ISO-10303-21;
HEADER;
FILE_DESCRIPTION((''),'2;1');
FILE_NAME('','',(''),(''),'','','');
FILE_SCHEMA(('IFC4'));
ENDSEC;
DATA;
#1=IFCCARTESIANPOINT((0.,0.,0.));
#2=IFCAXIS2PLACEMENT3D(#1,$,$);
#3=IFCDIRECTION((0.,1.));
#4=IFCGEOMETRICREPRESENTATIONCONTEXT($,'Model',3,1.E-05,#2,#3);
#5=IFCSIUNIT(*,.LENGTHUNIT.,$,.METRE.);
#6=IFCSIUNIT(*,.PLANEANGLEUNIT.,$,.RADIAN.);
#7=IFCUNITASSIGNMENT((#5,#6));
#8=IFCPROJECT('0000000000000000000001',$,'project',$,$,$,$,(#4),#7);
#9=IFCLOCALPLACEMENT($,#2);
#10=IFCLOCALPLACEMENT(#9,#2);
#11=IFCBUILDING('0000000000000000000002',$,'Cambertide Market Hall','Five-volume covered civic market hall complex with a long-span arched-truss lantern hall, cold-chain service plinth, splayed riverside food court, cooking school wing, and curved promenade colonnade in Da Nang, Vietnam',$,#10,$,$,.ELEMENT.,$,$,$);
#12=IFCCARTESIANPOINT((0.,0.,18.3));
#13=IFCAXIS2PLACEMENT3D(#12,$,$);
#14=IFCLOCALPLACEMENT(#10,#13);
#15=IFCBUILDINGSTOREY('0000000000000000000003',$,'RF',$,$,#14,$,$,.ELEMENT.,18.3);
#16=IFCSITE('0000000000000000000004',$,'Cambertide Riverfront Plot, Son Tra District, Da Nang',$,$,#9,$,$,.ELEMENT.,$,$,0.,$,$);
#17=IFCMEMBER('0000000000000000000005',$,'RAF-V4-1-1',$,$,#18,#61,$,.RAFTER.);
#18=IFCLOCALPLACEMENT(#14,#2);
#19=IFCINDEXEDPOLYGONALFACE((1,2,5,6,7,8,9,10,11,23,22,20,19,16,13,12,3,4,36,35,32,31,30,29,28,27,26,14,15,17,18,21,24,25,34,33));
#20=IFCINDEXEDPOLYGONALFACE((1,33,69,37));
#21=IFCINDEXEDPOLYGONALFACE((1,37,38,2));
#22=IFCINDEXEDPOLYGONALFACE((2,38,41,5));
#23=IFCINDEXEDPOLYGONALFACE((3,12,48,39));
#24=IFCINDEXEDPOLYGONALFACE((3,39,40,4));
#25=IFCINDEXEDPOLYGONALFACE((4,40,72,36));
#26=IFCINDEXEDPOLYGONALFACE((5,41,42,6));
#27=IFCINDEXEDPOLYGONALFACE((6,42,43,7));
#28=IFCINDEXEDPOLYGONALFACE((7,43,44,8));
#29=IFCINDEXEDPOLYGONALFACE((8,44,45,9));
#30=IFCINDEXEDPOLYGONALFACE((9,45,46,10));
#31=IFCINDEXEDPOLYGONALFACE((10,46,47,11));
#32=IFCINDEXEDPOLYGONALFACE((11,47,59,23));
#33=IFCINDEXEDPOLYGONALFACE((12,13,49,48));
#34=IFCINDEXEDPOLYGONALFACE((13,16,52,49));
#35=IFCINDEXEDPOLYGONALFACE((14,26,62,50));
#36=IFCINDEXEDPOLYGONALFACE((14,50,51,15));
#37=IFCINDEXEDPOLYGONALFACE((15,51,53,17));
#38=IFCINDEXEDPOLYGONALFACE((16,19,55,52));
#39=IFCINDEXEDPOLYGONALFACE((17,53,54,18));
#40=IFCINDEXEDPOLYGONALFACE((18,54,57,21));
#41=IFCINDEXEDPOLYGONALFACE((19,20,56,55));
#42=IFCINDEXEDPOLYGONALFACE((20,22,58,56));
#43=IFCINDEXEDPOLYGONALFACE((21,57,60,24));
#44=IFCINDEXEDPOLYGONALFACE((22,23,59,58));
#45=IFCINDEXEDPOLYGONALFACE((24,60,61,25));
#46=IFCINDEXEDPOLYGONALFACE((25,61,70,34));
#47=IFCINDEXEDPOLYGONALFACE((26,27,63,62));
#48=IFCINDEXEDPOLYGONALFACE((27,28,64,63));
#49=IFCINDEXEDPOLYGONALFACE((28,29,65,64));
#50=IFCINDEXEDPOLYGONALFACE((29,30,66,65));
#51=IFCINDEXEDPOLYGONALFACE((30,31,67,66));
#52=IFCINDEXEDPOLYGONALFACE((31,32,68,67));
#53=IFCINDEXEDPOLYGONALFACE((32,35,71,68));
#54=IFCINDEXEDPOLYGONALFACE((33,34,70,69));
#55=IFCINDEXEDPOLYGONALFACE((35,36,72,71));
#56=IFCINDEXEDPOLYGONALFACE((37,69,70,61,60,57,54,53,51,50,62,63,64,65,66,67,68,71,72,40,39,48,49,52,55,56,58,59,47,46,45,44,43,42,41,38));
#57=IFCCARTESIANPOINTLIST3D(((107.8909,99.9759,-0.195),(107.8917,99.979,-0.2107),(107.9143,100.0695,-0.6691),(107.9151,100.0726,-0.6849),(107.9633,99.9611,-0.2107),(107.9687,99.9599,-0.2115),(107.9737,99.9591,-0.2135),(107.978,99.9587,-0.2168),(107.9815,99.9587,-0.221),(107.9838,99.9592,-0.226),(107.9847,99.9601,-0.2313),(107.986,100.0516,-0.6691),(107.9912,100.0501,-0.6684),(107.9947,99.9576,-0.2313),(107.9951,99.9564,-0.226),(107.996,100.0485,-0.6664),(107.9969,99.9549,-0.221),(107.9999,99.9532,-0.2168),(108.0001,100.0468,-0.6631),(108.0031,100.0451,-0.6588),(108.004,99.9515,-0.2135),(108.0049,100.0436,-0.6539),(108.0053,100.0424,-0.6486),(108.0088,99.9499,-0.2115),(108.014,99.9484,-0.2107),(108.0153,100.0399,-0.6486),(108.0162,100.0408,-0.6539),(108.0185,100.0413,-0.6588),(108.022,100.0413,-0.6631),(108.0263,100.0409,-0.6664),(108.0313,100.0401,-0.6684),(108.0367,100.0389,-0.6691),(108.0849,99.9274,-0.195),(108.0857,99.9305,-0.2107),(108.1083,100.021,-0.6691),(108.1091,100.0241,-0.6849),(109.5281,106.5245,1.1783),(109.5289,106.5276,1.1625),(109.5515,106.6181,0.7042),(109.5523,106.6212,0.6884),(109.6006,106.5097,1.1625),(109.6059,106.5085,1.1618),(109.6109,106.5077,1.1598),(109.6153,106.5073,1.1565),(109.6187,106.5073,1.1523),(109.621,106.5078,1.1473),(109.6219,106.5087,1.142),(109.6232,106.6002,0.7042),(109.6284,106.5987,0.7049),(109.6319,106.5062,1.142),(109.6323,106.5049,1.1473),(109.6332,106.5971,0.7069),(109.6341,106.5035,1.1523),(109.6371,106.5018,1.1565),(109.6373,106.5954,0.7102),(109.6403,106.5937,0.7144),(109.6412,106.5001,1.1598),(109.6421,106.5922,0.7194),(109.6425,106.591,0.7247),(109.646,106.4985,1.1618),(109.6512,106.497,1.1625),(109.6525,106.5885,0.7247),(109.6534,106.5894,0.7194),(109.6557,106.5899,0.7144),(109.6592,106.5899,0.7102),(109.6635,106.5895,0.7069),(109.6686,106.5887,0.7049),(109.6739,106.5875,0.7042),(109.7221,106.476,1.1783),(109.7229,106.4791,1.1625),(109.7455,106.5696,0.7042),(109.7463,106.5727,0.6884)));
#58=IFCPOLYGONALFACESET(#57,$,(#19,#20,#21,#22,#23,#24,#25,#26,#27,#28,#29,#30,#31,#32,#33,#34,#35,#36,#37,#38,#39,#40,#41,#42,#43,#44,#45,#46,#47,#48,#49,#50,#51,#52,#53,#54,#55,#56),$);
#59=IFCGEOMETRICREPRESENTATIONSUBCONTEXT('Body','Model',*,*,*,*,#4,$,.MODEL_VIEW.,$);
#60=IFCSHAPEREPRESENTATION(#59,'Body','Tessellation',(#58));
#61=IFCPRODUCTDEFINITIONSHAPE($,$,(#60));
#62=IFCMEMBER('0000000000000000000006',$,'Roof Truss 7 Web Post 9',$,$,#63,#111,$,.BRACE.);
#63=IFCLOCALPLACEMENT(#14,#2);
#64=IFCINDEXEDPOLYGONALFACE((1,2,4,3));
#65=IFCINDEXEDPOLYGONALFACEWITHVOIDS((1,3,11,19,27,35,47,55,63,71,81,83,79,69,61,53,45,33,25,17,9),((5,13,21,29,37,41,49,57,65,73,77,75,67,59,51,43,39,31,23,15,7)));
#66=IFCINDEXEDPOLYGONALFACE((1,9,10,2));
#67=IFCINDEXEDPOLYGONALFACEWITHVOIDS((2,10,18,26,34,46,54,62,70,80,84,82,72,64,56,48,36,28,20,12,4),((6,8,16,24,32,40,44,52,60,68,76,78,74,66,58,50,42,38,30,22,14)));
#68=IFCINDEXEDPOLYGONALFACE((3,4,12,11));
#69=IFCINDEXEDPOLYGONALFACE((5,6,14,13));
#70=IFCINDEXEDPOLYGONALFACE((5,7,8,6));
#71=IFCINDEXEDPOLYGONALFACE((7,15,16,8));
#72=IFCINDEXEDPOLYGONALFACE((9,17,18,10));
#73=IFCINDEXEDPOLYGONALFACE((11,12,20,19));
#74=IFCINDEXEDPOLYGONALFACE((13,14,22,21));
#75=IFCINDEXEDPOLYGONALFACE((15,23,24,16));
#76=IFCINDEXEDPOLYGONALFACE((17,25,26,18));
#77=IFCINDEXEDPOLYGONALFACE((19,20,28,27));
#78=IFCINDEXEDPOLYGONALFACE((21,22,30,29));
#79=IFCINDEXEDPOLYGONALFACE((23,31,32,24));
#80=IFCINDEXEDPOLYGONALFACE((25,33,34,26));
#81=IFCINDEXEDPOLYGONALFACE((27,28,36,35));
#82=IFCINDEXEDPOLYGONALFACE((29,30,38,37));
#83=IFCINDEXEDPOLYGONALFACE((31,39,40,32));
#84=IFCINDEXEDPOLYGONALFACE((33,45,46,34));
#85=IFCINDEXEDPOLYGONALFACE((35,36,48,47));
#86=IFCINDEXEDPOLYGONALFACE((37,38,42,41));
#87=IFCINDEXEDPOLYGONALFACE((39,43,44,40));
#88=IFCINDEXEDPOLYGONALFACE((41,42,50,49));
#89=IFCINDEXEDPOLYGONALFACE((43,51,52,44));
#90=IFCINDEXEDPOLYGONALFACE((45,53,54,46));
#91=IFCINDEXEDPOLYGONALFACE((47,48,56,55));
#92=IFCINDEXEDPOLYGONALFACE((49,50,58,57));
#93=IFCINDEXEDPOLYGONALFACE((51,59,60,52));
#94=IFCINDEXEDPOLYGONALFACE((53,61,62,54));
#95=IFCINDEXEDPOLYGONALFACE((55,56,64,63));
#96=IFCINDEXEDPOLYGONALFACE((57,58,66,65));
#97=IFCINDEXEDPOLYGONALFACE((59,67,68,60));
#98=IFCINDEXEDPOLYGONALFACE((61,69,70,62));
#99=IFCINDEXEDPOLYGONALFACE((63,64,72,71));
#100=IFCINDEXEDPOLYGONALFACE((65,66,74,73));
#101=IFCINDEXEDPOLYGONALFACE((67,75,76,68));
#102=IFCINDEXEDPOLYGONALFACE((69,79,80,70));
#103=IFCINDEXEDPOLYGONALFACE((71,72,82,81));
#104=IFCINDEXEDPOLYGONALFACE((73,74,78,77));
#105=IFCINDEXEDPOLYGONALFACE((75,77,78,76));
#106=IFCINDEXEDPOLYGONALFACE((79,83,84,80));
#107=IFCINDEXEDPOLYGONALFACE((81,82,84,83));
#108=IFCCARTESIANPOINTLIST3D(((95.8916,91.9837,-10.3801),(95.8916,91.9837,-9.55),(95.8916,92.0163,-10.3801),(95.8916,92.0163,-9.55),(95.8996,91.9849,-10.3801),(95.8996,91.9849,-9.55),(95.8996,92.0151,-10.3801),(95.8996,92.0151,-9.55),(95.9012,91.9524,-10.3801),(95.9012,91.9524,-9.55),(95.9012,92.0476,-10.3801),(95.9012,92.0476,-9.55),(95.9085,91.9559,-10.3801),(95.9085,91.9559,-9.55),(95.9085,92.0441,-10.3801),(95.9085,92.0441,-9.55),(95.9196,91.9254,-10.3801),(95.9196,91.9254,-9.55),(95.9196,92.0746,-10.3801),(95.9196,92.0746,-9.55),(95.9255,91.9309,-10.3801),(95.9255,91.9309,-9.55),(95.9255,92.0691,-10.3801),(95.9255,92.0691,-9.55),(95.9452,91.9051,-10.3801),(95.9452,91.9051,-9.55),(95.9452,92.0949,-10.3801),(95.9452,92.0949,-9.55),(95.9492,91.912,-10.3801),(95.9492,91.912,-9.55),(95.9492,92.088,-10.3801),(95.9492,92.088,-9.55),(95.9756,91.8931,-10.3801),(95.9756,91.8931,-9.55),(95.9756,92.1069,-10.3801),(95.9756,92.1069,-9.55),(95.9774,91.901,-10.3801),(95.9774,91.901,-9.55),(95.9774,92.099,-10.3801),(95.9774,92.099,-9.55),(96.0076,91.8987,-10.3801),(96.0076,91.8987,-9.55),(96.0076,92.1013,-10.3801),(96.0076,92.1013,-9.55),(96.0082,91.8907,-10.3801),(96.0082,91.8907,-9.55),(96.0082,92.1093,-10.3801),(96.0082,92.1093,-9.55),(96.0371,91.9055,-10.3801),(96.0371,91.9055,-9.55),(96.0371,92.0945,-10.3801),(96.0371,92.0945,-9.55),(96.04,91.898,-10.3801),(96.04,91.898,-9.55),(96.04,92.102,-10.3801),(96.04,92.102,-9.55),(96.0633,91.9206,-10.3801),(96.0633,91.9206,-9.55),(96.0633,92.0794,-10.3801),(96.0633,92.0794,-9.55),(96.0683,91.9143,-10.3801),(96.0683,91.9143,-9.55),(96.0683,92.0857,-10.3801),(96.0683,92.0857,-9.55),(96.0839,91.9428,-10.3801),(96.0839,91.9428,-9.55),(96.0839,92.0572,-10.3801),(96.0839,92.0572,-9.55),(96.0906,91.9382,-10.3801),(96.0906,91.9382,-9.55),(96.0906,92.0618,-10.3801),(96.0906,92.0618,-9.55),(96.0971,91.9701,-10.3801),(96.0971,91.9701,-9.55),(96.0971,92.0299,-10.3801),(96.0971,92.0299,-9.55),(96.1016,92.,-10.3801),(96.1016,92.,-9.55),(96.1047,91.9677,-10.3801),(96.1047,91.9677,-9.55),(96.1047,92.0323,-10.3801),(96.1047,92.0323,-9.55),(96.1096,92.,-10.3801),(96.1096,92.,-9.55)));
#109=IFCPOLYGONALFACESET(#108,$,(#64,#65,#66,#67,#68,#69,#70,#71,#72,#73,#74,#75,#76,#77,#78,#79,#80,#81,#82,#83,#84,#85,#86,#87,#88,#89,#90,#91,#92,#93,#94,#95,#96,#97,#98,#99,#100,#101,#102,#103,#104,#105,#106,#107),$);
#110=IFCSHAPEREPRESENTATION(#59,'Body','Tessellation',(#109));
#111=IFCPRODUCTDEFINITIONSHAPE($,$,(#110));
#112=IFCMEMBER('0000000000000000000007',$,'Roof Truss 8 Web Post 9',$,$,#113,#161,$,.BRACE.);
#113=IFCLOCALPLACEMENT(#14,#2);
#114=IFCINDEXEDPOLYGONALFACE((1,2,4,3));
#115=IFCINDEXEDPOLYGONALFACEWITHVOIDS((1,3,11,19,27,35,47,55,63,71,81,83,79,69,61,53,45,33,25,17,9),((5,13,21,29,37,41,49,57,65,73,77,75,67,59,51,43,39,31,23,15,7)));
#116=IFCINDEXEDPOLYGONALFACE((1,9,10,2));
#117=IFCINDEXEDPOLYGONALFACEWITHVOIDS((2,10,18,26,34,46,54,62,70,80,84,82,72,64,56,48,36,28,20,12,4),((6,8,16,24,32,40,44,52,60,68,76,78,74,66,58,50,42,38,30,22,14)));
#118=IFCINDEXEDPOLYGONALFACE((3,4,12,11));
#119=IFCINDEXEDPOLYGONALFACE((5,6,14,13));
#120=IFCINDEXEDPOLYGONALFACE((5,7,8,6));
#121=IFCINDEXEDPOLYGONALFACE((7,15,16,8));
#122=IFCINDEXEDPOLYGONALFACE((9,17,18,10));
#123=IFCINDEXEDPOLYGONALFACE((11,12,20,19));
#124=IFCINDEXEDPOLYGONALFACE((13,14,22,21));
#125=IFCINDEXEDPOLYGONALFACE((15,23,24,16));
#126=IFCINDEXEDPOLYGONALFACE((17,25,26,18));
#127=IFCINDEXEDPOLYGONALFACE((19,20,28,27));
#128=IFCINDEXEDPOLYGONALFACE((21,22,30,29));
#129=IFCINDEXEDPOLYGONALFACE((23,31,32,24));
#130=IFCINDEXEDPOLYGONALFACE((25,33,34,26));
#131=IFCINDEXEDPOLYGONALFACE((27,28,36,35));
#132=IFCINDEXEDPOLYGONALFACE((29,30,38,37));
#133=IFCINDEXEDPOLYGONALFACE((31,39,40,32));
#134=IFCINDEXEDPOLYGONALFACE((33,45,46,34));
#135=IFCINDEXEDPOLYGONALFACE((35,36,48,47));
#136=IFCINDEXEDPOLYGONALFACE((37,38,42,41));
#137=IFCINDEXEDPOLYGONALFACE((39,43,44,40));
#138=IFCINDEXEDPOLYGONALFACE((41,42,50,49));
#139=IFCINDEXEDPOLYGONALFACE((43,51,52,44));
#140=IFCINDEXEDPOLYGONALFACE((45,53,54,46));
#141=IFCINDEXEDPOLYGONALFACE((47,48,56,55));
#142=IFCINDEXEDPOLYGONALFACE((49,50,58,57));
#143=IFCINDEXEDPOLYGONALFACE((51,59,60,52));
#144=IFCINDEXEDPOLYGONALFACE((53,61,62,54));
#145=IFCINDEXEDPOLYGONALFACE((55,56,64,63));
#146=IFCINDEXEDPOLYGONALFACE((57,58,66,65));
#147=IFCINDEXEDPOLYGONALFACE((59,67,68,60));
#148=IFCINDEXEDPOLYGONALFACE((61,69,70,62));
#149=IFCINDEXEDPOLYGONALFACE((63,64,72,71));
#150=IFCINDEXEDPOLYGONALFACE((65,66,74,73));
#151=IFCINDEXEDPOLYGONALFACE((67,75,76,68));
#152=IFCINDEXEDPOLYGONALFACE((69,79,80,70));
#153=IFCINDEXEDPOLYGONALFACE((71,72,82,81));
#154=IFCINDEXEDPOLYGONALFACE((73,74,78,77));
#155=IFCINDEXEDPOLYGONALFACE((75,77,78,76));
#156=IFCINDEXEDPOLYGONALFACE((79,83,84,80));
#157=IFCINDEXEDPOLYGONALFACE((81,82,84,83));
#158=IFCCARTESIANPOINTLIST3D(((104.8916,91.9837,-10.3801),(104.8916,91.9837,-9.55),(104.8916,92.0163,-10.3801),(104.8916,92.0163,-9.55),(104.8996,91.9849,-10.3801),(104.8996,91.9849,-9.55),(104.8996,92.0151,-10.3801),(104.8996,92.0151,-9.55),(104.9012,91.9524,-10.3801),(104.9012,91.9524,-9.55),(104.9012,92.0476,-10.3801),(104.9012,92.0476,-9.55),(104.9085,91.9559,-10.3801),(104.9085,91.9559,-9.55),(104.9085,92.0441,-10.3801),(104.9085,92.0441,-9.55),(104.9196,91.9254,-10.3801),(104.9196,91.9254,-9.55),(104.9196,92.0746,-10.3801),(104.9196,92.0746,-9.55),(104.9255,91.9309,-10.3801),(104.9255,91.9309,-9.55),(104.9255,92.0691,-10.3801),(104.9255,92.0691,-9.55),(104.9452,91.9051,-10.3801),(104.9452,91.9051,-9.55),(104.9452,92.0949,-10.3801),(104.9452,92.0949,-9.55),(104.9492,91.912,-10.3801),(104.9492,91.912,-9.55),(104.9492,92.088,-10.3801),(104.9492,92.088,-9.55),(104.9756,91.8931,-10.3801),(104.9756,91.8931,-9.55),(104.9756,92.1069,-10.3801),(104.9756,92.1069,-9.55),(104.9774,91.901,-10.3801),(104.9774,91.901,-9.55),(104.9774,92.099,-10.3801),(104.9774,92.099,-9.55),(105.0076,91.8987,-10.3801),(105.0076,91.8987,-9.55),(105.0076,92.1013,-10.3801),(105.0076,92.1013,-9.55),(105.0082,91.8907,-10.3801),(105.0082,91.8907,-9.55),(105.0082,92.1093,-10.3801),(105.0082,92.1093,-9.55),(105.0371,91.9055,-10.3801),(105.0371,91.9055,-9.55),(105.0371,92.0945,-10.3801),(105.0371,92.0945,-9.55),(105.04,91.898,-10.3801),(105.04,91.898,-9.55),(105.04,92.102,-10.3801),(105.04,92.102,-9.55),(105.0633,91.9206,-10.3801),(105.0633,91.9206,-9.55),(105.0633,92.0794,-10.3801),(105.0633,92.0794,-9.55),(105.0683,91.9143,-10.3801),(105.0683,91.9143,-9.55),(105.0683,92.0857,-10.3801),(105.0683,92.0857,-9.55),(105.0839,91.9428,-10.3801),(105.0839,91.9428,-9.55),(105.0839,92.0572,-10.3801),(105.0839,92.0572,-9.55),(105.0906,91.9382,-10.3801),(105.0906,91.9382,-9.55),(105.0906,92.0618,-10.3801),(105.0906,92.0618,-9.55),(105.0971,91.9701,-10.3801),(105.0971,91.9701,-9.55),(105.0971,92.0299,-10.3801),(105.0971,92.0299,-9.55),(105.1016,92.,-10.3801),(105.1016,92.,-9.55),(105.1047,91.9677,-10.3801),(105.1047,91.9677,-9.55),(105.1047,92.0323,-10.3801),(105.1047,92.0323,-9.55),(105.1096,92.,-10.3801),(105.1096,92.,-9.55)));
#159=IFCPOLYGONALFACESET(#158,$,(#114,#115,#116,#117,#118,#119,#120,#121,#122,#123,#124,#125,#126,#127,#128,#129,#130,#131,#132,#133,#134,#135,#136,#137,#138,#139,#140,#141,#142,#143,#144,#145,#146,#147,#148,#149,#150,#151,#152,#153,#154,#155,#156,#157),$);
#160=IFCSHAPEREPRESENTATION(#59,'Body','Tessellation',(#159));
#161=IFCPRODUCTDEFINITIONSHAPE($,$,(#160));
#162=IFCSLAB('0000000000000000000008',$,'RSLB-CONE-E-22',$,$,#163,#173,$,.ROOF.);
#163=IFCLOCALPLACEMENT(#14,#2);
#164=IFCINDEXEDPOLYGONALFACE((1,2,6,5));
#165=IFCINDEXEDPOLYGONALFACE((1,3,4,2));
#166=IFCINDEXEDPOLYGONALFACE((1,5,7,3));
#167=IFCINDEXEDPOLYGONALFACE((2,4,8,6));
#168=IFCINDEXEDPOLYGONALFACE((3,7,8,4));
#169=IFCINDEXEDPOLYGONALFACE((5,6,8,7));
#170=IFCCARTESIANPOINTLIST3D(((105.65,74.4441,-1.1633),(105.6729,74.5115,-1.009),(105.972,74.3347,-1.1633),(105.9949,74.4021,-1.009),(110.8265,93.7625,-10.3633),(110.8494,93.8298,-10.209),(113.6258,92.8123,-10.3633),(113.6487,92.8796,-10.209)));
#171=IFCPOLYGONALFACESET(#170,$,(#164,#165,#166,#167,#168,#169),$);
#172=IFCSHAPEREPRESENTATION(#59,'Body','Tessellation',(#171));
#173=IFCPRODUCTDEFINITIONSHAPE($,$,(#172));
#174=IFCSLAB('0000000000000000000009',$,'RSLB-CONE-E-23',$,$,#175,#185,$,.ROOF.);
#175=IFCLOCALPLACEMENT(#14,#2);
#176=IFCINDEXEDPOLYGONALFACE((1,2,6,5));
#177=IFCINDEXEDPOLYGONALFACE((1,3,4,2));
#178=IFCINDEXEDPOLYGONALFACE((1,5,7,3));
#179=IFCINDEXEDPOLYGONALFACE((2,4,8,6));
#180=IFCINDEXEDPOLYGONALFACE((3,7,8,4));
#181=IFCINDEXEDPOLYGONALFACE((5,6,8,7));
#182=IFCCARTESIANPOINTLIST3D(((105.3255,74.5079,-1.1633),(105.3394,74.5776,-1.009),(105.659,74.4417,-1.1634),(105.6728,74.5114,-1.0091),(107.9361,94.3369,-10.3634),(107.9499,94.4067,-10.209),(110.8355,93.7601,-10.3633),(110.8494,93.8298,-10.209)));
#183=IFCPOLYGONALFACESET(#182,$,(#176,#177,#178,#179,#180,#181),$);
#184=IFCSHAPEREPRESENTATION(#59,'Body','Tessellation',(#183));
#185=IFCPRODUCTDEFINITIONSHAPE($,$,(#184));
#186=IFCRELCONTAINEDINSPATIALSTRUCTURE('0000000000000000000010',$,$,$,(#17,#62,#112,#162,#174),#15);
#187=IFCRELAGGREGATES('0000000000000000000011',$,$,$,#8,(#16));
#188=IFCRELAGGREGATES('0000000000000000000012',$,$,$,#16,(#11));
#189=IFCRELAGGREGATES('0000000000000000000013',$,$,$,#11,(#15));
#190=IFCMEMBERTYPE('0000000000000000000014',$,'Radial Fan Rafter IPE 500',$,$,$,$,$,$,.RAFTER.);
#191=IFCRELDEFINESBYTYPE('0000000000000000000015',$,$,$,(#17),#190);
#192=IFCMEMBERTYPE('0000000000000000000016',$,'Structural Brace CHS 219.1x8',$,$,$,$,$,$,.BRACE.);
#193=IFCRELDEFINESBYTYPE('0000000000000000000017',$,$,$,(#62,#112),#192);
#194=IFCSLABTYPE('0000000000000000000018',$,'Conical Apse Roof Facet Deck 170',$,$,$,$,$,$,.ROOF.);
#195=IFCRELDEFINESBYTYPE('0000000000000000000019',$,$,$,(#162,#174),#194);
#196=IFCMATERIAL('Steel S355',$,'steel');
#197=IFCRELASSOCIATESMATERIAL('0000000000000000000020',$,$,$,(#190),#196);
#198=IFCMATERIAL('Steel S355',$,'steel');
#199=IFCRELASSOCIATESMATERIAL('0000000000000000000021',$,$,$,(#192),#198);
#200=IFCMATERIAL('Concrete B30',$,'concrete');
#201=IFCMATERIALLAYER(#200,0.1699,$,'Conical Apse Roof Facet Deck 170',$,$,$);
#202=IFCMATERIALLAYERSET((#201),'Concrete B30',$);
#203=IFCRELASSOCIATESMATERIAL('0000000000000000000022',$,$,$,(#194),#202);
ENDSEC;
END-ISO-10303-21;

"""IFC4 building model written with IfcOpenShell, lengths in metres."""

from ifc_helpers import new_model, si_unit, direction, frame, origin, origin_2d, place, context, subcontext, project, spatial, polyline, hollow_circle, i_section, outline, extrude, material, layer, layer_set, material_profile, profile_set, type_object, element, save


model = new_model("IFC4")

# Units and contexts
model_context = context("Model", 3, precision=1e-05, world=origin(), true_north=direction((0.0, 1.0)))
body_context = subcontext(model_context, "Body", "Model", "MODEL_VIEW")
ifc_project = project(units=[si_unit("LENGTHUNIT", "METRE"), si_unit("PLANEANGLEUNIT", "RADIAN")], contexts=[model_context])

# Site, building, storey
site_placement = place(None, origin())
site = spatial("IfcSite", under=ifc_project, at=site_placement, Name="Cambertide Riverfront Plot, Son Tra District, Da Nang", CompositionType="ELEMENT", RefElevation=0.0)
building_placement = place(site_placement, origin())
building = spatial("IfcBuilding", under=site, at=building_placement, Name="Cambertide Market Hall", Description="Five-volume covered civic market hall complex with a long-span arched-truss lantern hall, cold-chain service plinth, splayed riverside food court, cooking school wing, and curved promenade colonnade in Da Nang, Vietnam", CompositionType="ELEMENT")
storey_placement = place(building_placement, frame((0.0, 0.0, 18.3)))
storey = spatial("IfcBuildingStorey", under=building, at=storey_placement, Name="RF", CompositionType="ELEMENT", Elevation=18.3)

# Members
ifc_material_1 = material(Name="Steel S355", Category="steel")
ifc_material_profile_1 = material_profile(ifc_material_1, i_section(OverallWidth=0.2, OverallDepth=0.5, WebThickness=0.0103, FlangeThickness=0.0161, FilletRadius=0.021, at=origin_2d()), Name="IPE 500")
ifc_profile_set_1 = profile_set([ifc_material_profile_1], Name="Steel S355")
member_type_1 = type_object("IfcMemberType", Name="Radial Fan Rafter IPE 500", PredefinedType="RAFTER", material=ifc_profile_set_1)
member_1_placement = place(storey_placement, frame((108.0, 100.0, -0.4399), z_axis=(0.237675, 0.950666, 0.199362), x_axis=(-0.97014, 0.242544, 0.0)))
element("IfcMember", 1, at=member_1_placement, inside=storey, type_object=member_type_1, Name="RAF-V4-1-1", PredefinedType="RAFTER", context=body_context, shape_type="SweptSolid", body=[
    extrude(i_section(OverallWidth=0.2, OverallDepth=0.5, WebThickness=0.0103, FlangeThickness=0.0161, FilletRadius=0.021, at=origin_2d()), origin(), (0.0, 0.0, 1.0), 6.8884),
])
ifc_material_2 = material(Name="Steel S355", Category="steel")
ifc_material_profile_2 = material_profile(ifc_material_2, hollow_circle(Radius=0.1096, WallThickness=0.0081, at=origin_2d()), Name="CHS 219.1x8")
ifc_profile_set_2 = profile_set([ifc_material_profile_2], Name="Steel S355")
member_type_2 = type_object("IfcMemberType", Name="Structural Brace CHS 219.1x8", PredefinedType="BRACE", material=ifc_profile_set_2)
for number, where, z_axis, x_axis, name in (
    (2, (96.0, 92.0, -10.3801), (0.0, 0.0, 1.0), (1.0, 0.0, 0.0), "Roof Truss 7 Web Post 9"),
    (3, (105.0, 92.0, -10.3801), (0.0, 0.0, 1.0), (1.0, 0.0, 0.0), "Roof Truss 8 Web Post 9"),
):
    element("IfcMember", number, at=place(storey_placement, frame(where, z_axis=z_axis, x_axis=x_axis)), inside=storey, type_object=member_type_2, Name=name, PredefinedType="BRACE", context=body_context, shape_type="SweptSolid", body=[
        extrude(hollow_circle(Radius=0.1096, WallThickness=0.0081, at=origin_2d()), origin(), (0.0, 0.0, 1.0), 0.8301),
    ])

# Slabs
ifc_material_3 = material(Name="Concrete B30", Category="concrete")
ifc_layer_1 = layer(ifc_material_3, 0.1699, Name="Conical Apse Roof Facet Deck 170")
ifc_layer_set_1 = layer_set([ifc_layer_1], Name="Concrete B30")
slab_type_1 = type_object("IfcSlabType", Name="Conical Apse Roof Facet Deck 170", PredefinedType="ROOF", material=ifc_layer_set_1)
slab_1_placement = place(storey_placement, frame((113.6487, 92.8796, -10.209), z_axis=(0.134571, 0.396426, 0.90815), x_axis=(-0.946934, 0.321429, 0.000007)))
element("IfcSlab", 4, at=slab_1_placement, inside=storey, type_object=slab_type_1, Name="RSLB-CONE-E-22", PredefinedType="ROOF", context=body_context, shape_type="SweptSolid", body=[
    extrude(outline(polyline([(0.0, 0.0), (2.9562, 0.0), (1.6486, 21.9755), (1.3085, 21.9756), (0.0, 0.0)])), origin(), (0.0, 0.0, -1.0), 0.1699),
])
slab_2_placement = place(storey_placement, frame((110.8494, 93.8298, -10.209), z_axis=(0.081673, 0.410599, 0.908151), x_axis=(-0.980776, 0.195137, -0.000022)))
element("IfcSlab", 5, at=slab_2_placement, inside=storey, type_object=slab_type_1, Name="RSLB-CONE-E-23", PredefinedType="ROOF", context=body_context, shape_type="SweptSolid", body=[
    extrude(outline(polyline([(0.0, 0.0), (2.9563, 0.0), (1.6471, 21.9758), (1.3071, 21.9756), (0.0, 0.0)])), origin(), (0.0, 0.0, -1.0), 0.1699),
])

save(model, "model.ifc")
